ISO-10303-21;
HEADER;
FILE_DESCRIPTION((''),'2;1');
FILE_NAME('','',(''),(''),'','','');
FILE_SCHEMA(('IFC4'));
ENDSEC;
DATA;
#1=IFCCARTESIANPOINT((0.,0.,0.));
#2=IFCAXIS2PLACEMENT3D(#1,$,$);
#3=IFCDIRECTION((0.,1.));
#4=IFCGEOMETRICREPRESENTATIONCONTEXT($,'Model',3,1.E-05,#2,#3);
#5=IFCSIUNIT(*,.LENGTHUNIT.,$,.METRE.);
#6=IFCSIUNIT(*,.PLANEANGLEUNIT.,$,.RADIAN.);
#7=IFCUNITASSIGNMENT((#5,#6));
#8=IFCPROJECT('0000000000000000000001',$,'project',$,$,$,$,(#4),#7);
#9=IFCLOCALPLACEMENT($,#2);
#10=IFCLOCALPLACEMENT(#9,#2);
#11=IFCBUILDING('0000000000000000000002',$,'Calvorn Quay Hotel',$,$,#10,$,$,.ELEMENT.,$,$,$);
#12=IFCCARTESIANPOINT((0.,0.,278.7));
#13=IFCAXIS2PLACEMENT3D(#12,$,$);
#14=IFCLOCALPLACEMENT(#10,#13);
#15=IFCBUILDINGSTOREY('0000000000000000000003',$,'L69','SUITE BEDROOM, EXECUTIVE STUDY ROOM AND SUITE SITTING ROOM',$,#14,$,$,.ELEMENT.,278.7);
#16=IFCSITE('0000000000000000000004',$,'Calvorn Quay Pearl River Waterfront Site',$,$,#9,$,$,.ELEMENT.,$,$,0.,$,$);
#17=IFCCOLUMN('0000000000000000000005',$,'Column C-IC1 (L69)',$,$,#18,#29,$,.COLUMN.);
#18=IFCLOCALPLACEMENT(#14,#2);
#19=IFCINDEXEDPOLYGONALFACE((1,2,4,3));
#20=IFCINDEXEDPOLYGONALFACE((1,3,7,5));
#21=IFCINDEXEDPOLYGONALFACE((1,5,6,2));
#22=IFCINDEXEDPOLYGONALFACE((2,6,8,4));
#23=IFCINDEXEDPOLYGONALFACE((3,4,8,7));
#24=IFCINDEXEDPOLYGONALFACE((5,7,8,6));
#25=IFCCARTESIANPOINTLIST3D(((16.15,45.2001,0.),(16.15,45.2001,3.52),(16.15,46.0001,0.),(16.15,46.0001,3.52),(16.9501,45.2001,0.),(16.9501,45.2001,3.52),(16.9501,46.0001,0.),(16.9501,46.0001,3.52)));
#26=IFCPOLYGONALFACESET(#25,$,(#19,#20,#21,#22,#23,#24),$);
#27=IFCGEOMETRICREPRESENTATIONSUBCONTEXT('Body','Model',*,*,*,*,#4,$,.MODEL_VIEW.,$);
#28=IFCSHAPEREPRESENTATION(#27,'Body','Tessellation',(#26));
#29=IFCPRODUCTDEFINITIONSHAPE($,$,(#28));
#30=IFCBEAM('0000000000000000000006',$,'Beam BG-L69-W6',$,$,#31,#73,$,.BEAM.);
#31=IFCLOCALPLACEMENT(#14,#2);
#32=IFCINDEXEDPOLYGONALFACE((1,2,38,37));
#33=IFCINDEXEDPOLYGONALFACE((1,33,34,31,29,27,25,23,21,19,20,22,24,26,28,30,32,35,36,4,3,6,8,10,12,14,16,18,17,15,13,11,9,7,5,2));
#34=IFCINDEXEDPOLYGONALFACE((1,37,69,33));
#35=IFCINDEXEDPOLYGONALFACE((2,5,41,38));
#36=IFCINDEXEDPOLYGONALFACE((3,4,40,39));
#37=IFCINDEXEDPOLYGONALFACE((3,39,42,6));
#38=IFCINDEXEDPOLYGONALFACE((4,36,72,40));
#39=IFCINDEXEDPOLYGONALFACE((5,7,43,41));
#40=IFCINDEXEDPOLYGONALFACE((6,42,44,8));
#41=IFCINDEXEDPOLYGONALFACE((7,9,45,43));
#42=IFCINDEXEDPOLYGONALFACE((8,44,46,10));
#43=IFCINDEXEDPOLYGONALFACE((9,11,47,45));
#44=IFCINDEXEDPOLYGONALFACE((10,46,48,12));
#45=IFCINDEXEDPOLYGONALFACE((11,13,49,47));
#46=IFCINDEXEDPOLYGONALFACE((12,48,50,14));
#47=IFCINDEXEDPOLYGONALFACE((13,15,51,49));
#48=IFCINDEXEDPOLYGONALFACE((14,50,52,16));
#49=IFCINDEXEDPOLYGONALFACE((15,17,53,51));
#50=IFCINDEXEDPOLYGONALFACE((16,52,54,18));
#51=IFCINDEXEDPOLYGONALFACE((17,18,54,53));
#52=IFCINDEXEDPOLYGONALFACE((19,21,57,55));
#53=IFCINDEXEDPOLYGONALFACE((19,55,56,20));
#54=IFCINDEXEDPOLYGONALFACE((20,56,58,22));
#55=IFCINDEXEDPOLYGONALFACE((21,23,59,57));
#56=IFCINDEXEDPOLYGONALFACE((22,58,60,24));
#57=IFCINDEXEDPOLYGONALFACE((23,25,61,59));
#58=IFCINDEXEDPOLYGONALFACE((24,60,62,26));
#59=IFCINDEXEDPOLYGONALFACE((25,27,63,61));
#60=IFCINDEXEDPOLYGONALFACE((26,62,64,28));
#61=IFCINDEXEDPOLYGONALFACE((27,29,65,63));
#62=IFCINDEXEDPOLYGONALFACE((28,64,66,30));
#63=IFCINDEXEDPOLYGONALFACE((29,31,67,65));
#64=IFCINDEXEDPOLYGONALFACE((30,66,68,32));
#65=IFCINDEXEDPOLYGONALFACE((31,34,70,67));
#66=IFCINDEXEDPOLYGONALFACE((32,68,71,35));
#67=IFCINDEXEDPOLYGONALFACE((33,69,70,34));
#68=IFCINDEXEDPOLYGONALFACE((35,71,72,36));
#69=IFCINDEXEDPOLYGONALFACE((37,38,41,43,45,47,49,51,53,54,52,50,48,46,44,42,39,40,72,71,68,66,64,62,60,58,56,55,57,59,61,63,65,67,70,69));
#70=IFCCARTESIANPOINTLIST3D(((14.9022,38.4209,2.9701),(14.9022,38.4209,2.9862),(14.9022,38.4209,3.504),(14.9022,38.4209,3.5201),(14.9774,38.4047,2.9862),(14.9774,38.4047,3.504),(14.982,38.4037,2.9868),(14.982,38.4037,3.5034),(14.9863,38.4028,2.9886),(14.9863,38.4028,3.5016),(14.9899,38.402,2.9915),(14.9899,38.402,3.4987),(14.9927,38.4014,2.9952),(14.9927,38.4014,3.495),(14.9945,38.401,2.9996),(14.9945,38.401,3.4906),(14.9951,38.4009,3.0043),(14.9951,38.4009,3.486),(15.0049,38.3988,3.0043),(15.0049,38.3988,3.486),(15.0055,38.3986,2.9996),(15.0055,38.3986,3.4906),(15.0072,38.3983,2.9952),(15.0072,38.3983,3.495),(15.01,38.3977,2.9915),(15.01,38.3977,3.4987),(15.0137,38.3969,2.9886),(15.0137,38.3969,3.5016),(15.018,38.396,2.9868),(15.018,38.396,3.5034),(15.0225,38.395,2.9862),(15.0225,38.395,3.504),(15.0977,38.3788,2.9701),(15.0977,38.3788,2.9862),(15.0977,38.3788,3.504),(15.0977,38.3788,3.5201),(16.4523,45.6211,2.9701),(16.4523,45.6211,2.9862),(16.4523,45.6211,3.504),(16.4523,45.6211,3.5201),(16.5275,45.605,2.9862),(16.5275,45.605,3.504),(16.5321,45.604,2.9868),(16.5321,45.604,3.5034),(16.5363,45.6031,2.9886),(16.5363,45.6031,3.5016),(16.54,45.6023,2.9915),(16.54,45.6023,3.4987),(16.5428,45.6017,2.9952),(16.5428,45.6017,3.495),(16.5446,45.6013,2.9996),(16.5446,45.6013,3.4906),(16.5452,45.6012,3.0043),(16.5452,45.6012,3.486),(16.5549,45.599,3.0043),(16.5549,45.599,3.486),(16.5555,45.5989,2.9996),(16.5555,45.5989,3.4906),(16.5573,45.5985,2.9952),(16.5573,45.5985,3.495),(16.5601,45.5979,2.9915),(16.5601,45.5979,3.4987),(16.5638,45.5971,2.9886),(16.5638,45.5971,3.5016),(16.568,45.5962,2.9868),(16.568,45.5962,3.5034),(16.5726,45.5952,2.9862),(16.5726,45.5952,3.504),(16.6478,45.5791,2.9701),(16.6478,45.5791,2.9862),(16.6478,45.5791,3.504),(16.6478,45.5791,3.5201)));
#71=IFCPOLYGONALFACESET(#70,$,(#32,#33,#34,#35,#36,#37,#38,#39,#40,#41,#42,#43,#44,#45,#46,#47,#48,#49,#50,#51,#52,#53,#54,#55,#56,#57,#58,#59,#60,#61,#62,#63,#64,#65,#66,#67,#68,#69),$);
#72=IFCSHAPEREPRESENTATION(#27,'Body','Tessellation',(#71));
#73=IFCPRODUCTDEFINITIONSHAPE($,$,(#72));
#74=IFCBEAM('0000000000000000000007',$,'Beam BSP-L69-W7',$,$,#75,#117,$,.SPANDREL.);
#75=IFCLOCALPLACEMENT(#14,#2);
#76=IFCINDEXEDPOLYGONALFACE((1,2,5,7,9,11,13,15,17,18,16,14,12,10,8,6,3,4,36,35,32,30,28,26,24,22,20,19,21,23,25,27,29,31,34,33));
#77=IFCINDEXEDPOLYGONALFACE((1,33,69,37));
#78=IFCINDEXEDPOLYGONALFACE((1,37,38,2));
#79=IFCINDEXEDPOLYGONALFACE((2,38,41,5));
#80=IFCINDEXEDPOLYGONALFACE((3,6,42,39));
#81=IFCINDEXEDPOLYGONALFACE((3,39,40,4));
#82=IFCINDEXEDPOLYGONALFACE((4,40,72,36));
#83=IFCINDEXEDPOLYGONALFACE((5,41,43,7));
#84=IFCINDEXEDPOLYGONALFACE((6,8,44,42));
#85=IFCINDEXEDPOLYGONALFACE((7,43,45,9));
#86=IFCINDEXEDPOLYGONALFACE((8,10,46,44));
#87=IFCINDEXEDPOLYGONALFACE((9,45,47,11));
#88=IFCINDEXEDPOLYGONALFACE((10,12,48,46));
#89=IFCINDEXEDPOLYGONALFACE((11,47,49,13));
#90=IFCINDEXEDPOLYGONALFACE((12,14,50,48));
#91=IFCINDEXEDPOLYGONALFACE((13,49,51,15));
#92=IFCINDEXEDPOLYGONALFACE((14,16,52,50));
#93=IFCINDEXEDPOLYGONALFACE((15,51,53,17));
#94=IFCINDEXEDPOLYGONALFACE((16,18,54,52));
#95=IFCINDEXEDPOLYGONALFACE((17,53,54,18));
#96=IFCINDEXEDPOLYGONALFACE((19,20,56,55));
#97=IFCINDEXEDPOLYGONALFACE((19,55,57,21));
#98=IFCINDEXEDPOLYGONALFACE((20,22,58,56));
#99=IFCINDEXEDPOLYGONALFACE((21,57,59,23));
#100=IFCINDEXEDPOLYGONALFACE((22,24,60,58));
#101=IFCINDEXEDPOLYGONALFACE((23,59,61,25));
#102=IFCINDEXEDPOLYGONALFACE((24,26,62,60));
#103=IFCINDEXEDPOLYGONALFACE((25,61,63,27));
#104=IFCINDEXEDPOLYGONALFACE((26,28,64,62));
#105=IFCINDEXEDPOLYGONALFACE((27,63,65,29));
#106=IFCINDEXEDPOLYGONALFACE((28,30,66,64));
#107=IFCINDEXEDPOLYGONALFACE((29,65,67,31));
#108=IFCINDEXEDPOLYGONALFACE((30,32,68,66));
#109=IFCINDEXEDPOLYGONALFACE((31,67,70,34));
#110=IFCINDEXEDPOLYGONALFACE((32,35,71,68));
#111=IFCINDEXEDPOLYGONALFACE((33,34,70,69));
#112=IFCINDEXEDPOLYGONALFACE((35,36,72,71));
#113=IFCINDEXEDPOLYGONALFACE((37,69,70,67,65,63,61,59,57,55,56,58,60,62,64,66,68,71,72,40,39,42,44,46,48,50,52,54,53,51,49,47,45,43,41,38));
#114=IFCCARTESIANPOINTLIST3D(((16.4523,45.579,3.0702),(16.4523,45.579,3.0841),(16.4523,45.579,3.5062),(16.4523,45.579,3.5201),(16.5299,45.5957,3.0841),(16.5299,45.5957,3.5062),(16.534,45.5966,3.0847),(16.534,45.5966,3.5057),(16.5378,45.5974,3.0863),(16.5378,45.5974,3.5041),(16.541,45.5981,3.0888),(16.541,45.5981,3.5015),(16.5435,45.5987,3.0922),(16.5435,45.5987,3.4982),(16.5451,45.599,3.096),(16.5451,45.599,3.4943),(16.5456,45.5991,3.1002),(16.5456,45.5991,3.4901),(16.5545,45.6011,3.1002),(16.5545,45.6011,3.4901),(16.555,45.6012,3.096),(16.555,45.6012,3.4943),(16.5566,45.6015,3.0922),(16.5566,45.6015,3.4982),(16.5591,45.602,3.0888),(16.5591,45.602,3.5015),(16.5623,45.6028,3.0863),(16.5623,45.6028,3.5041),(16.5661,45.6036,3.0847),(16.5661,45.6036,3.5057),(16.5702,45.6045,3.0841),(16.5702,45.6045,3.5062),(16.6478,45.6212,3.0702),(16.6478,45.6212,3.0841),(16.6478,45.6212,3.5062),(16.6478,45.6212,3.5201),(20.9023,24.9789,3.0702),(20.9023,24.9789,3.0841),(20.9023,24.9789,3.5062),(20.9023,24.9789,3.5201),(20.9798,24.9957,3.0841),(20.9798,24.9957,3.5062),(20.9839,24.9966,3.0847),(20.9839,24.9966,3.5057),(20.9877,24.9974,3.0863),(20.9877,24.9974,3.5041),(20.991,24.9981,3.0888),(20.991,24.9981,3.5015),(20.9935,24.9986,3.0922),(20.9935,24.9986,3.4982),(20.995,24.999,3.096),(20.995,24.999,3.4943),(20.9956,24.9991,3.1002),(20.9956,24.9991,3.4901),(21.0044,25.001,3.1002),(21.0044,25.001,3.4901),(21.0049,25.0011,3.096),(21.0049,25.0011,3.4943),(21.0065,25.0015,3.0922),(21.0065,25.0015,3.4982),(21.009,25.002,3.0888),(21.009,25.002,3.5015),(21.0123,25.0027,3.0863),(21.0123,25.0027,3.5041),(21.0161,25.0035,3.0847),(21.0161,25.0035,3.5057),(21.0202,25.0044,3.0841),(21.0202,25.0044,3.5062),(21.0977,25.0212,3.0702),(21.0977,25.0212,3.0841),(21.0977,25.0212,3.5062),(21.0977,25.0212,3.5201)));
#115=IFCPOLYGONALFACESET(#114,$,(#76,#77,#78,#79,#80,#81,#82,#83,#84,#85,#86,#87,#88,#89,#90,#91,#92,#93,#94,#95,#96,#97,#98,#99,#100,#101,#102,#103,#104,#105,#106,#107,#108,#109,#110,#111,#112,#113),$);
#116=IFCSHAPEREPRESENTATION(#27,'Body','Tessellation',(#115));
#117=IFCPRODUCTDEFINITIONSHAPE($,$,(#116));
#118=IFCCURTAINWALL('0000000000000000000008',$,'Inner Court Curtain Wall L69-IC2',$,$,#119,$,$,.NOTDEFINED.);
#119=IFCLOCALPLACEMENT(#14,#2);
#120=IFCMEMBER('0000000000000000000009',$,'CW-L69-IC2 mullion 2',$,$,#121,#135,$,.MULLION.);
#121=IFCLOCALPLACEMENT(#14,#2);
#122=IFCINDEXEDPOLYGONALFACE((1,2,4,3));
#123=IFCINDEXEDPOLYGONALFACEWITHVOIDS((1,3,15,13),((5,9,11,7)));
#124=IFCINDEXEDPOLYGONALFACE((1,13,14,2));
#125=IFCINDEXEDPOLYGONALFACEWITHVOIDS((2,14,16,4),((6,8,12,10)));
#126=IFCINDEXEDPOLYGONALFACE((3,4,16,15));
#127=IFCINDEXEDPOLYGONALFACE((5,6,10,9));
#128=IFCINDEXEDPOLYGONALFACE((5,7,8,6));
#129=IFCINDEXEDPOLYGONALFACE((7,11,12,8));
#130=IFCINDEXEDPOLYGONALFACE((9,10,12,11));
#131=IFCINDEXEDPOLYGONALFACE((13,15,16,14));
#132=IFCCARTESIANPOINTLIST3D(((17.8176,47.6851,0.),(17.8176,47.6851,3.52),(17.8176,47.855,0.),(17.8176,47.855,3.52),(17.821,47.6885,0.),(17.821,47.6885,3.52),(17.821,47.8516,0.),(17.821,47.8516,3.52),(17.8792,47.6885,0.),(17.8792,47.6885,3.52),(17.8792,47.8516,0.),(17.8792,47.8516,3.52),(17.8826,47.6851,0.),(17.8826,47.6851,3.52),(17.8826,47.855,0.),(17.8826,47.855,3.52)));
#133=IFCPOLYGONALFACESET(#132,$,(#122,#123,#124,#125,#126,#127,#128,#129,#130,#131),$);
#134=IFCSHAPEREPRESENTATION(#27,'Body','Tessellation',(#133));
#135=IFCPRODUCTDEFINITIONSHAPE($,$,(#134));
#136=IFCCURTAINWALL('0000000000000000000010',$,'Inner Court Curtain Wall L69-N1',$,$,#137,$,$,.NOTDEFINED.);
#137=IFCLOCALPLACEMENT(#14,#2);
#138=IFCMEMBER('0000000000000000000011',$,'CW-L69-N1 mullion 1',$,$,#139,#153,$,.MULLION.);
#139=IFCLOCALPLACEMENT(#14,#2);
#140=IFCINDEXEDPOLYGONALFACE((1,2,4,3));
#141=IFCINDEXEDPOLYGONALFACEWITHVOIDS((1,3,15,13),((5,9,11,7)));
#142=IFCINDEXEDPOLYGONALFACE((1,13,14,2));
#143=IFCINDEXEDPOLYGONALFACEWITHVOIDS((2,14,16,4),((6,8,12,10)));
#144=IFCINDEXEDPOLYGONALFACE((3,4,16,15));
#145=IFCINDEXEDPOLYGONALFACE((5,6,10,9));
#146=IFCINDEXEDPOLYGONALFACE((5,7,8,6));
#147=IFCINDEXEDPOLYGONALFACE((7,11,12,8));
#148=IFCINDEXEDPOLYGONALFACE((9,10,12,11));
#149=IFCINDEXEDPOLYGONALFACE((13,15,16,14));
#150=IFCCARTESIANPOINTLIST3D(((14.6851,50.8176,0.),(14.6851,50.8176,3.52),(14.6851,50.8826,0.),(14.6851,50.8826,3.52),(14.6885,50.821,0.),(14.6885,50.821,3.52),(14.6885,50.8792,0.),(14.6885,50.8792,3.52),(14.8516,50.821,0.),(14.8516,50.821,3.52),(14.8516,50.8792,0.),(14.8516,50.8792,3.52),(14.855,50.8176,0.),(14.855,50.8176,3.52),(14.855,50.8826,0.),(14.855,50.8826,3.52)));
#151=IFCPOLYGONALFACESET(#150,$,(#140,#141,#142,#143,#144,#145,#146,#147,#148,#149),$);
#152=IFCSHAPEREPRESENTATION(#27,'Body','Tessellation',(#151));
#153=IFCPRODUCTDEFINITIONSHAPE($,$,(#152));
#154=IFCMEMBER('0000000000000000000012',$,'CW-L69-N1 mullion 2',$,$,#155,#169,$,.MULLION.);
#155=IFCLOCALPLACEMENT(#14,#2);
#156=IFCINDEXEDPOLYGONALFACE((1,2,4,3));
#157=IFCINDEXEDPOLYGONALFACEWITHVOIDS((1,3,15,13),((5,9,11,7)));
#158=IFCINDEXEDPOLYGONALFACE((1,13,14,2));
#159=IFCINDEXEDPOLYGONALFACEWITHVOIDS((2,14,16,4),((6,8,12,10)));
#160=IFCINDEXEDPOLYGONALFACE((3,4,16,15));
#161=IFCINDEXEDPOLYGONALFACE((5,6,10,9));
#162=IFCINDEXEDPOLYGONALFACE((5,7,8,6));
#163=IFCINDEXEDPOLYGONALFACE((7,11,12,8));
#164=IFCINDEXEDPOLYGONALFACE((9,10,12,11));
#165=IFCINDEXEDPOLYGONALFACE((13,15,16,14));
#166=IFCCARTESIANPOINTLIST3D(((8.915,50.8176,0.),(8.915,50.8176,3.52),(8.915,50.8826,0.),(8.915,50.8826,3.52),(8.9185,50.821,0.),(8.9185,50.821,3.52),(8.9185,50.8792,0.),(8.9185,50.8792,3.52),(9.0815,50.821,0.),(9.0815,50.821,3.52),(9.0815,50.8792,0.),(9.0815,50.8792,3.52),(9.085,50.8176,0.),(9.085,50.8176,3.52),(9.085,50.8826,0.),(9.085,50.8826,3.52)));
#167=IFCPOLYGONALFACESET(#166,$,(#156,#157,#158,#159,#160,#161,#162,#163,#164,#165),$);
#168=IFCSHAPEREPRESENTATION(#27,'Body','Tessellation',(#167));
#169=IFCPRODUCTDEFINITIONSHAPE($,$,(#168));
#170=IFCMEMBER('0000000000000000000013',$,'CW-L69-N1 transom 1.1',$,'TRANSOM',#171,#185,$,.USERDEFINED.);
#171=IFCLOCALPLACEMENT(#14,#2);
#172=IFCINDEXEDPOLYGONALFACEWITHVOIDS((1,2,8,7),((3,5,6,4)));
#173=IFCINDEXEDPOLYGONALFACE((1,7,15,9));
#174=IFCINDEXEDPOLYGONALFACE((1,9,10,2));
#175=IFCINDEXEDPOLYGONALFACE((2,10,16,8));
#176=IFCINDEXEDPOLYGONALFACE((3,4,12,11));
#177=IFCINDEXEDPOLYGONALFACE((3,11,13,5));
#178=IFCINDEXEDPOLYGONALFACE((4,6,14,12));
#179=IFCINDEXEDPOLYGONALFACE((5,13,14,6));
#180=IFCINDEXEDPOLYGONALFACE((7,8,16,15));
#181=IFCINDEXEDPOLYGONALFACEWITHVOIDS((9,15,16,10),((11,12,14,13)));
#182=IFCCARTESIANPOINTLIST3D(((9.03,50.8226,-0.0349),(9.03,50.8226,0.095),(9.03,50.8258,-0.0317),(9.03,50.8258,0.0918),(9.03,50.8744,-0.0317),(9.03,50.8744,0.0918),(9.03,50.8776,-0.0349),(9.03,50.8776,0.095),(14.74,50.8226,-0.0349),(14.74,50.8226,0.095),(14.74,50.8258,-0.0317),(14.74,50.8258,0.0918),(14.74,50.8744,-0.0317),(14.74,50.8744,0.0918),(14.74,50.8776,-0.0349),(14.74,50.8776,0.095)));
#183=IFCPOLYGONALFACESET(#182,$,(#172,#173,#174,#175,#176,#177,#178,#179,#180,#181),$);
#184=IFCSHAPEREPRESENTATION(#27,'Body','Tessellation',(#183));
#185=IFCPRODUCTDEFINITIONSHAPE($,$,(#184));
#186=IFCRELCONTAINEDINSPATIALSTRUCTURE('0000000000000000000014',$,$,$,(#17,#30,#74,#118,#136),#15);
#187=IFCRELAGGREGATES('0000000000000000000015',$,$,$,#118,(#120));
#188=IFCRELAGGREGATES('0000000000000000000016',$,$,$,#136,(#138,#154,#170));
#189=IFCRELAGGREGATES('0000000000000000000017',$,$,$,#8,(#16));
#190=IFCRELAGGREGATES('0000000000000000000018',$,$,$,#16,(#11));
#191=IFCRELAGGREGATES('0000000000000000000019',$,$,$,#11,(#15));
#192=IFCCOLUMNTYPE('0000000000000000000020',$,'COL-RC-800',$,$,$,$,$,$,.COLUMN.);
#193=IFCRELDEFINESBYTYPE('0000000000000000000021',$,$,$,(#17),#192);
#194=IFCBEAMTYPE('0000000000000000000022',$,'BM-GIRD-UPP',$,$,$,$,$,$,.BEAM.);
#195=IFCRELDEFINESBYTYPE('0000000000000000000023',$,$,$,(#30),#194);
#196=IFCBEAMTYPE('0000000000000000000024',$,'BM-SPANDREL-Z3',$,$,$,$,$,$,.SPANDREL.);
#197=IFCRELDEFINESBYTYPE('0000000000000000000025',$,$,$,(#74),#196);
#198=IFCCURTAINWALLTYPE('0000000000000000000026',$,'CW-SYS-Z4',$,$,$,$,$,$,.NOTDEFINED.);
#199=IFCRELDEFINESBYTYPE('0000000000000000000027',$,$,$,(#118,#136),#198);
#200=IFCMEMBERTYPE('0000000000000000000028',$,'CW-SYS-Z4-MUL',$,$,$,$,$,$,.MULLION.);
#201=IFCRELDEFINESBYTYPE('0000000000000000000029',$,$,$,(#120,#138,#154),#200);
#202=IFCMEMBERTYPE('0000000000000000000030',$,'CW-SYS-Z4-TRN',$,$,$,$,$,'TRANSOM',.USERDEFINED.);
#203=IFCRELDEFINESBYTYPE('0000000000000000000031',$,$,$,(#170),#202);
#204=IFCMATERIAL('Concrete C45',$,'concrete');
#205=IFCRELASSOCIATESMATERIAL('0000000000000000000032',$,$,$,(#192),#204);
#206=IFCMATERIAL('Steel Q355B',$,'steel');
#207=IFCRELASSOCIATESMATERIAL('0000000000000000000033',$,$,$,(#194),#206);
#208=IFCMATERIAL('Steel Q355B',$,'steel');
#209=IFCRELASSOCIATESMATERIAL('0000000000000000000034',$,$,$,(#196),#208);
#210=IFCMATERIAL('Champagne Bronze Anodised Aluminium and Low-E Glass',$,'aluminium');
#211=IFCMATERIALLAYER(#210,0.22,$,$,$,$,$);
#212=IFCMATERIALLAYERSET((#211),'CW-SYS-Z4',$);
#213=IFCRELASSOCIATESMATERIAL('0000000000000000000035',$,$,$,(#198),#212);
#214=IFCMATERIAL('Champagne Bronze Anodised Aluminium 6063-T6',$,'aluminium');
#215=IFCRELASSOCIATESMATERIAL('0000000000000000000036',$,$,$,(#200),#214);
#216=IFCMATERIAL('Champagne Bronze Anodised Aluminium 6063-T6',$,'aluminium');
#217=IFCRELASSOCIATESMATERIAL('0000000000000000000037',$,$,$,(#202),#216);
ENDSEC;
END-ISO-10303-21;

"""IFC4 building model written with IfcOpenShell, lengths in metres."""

from ifc_helpers import new_model, si_unit, direction, frame, origin, origin_2d, place, context, subcontext, project, spatial, rectangle, hollow_rectangle, i_section, extrude, material, layer, layer_set, material_profile, profile_set, type_object, element, aggregate, save


model = new_model("IFC4")

# Units and contexts
model_context = context("Model", 3, precision=1e-05, world=origin(), true_north=direction((0.0, 1.0)))
body_context = subcontext(model_context, "Body", "Model", "MODEL_VIEW")
ifc_project = project(units=[si_unit("LENGTHUNIT", "METRE"), si_unit("PLANEANGLEUNIT", "RADIAN")], contexts=[model_context])

# Site, building, storey
site_placement = place(None, origin())
site = spatial("IfcSite", under=ifc_project, at=site_placement, Name="Calvorn Quay Pearl River Waterfront Site", CompositionType="ELEMENT", RefElevation=0.0)
building_placement = place(site_placement, origin())
building = spatial("IfcBuilding", under=site, at=building_placement, Name="Calvorn Quay Hotel", CompositionType="ELEMENT")
storey_placement = place(building_placement, frame((0.0, 0.0, 278.7)))
storey = spatial("IfcBuildingStorey", under=building, at=storey_placement, Name="L69", Description="SUITE BEDROOM, EXECUTIVE STUDY ROOM AND SUITE SITTING ROOM", CompositionType="ELEMENT", Elevation=278.7)

# Column
ifc_material_1 = material(Name="Concrete C45", Category="concrete")
ifc_material_profile_1 = material_profile(ifc_material_1, rectangle(XDim=0.8, YDim=0.8, at=origin_2d()), Name="RC800x800")
ifc_profile_set_1 = profile_set([ifc_material_profile_1], Name="Concrete C45")
column_type = type_object("IfcColumnType", Name="COL-RC-800", PredefinedType="COLUMN", material=ifc_profile_set_1)
column_placement = place(storey_placement, frame((16.55, 45.6001, 0.0), z_axis=(0.0, 0.0, 1.0), x_axis=(1.0, 0.0, 0.0)))
element("IfcColumn", 1, at=column_placement, inside=storey, type_object=column_type, Name="Column C-IC1 (L69)", PredefinedType="COLUMN", context=body_context, shape_type="SweptSolid", body=[
    extrude(rectangle(XDim=0.8, YDim=0.8, at=origin_2d()), origin(), (0.0, 0.0, 1.0), 3.52),
])

# Beams
ifc_material_2 = material(Name="Steel Q355B", Category="steel")
ifc_material_profile_2 = material_profile(ifc_material_2, i_section(OverallWidth=0.2, OverallDepth=0.55, WebThickness=0.01, FlangeThickness=0.0161, FilletRadius=0.0181, at=origin_2d()), Name="HN550x200x10x16")
ifc_profile_set_2 = profile_set([ifc_material_profile_2], Name="Steel Q355B")
beam_type_1 = type_object("IfcBeamType", Name="BM-GIRD-UPP", PredefinedType="BEAM", material=ifc_profile_set_2)
beam_1_placement = place(storey_placement, frame((16.55, 45.6001, 3.2451), z_axis=(-0.210457, -0.977603, 0.0), x_axis=(0.977603, -0.210457, 0.0)))
element("IfcBeam", 2, at=beam_1_placement, inside=storey, type_object=beam_type_1, Name="Beam BG-L69-W6", PredefinedType="BEAM", context=body_context, shape_type="SweptSolid", body=[
    extrude(i_section(OverallWidth=0.2, OverallDepth=0.55, WebThickness=0.01, FlangeThickness=0.0161, FilletRadius=0.0181, at=origin_2d()), origin(), (0.0, 0.0, 1.0), 7.3652),
])
ifc_material_3 = material(Name="Steel Q355B", Category="steel")
ifc_material_profile_3 = material_profile(ifc_material_3, i_section(OverallWidth=0.2, OverallDepth=0.45, WebThickness=0.009, FlangeThickness=0.0139, FilletRadius=0.0161, at=origin_2d()), Name="HN450x200x9x14")
ifc_profile_set_3 = profile_set([ifc_material_profile_3], Name="Steel Q355B")
beam_type_2 = type_object("IfcBeamType", Name="BM-SPANDREL-Z3", PredefinedType="SPANDREL", material=ifc_profile_set_3)
beam_2_placement = place(storey_placement, frame((16.55, 45.6001, 3.2952), z_axis=(0.211146, -0.977455, 0.0), x_axis=(0.977455, 0.211146, 0.0)))
element("IfcBeam", 3, at=beam_2_placement, inside=storey, type_object=beam_type_2, Name="Beam BSP-L69-W7", PredefinedType="SPANDREL", context=body_context, shape_type="SweptSolid", body=[
    extrude(i_section(OverallWidth=0.2, OverallDepth=0.45, WebThickness=0.009, FlangeThickness=0.0139, FilletRadius=0.0161, at=origin_2d()), origin(), (0.0, 0.0, 1.0), 21.0752),
])

# Curtain wall, member
ifc_material_4 = material(Name="Champagne Bronze Anodised Aluminium and Low-E Glass", Category="aluminium")
ifc_layer_1 = layer(ifc_material_4, 0.22)
ifc_layer_set_1 = layer_set([ifc_layer_1], Name="CW-SYS-Z4")
curtain_wall_type = type_object("IfcCurtainWallType", Name="CW-SYS-Z4", PredefinedType="NOTDEFINED", material=ifc_layer_set_1)
curtain_wall_1_placement = place(storey_placement, origin())
curtain_wall_1 = element("IfcCurtainWall", 4, at=curtain_wall_1_placement, inside=storey, type_object=curtain_wall_type, Name="Inner Court Curtain Wall L69-IC2", PredefinedType="NOTDEFINED")
ifc_material_5 = material(Name="Champagne Bronze Anodised Aluminium 6063-T6", Category="aluminium")
ifc_material_profile_4 = material_profile(ifc_material_5, hollow_rectangle(XDim=0.0649, YDim=0.1699, WallThickness=0.0034, at=origin_2d()), Name="ALU-M170x65x3.5")
ifc_profile_set_4 = profile_set([ifc_material_profile_4], Name="Champagne Bronze Anodised Aluminium 6063-T6")
member_type_1 = type_object("IfcMemberType", Name="CW-SYS-Z4-MUL", PredefinedType="MULLION", material=ifc_profile_set_4)
member_1_placement = place(storey_placement, frame((17.8501, 47.77, 0.0), z_axis=(0.0, 0.0, 1.0), x_axis=(-1.0, 0.0, 0.0)))
member_1 = element("IfcMember", 5, at=member_1_placement, type_object=member_type_1, Name="CW-L69-IC2 mullion 2", PredefinedType="MULLION", context=body_context, shape_type="SweptSolid", body=[
    extrude(hollow_rectangle(XDim=0.0649, YDim=0.1699, WallThickness=0.0034, at=origin_2d()), origin(), (0.0, 0.0, 1.0), 3.52),
])

# Curtain wall, members
curtain_wall_2_placement = place(storey_placement, origin())
curtain_wall_2 = element("IfcCurtainWall", 6, at=curtain_wall_2_placement, inside=storey, type_object=curtain_wall_type, Name="Inner Court Curtain Wall L69-N1", PredefinedType="NOTDEFINED")
member_2_placement = place(storey_placement, frame((14.77, 50.8501, 0.0), z_axis=(0.0, 0.0, 1.0), x_axis=(0.0, -1.0, 0.0)))
member_2 = element("IfcMember", 7, at=member_2_placement, type_object=member_type_1, Name="CW-L69-N1 mullion 1", PredefinedType="MULLION", context=body_context, shape_type="SweptSolid", body=[
    extrude(hollow_rectangle(XDim=0.0649, YDim=0.1699, WallThickness=0.0034, at=origin_2d()), origin(), (0.0, 0.0, 1.0), 3.52),
])
member_3_placement = place(storey_placement, frame((9.0, 50.8501, 0.0), z_axis=(0.0, 0.0, 1.0), x_axis=(0.0, -1.0, 0.0)))
member_3 = element("IfcMember", 8, at=member_3_placement, type_object=member_type_1, Name="CW-L69-N1 mullion 2", PredefinedType="MULLION", context=body_context, shape_type="SweptSolid", body=[
    extrude(hollow_rectangle(XDim=0.0649, YDim=0.1699, WallThickness=0.0034, at=origin_2d()), origin(), (0.0, 0.0, 1.0), 3.52),
])
ifc_material_6 = material(Name="Champagne Bronze Anodised Aluminium 6063-T6", Category="aluminium")
ifc_material_profile_5 = material_profile(ifc_material_6, hollow_rectangle(XDim=0.0549, YDim=0.1299, WallThickness=0.0032, at=origin_2d()), Name="ALU-T130x55x3.2")
ifc_profile_set_5 = profile_set([ifc_material_profile_5], Name="Champagne Bronze Anodised Aluminium 6063-T6")
member_type_2 = type_object("IfcMemberType", Name="CW-SYS-Z4-TRN", ElementType="TRANSOM", PredefinedType="USERDEFINED", material=ifc_profile_set_5)
member_4_placement = place(storey_placement, frame((14.74, 50.8501, 0.03), z_axis=(-1.0, 0.0, 0.0), x_axis=(0.0, -1.0, 0.0)))
member_4 = element("IfcMember", 9, at=member_4_placement, type_object=member_type_2, Name="CW-L69-N1 transom 1.1", ObjectType="TRANSOM", PredefinedType="USERDEFINED", context=body_context, shape_type="SweptSolid", body=[
    extrude(hollow_rectangle(XDim=0.0549, YDim=0.1299, WallThickness=0.0032, at=origin_2d()), origin(), (0.0, 0.0, 1.0), 5.71),
])

aggregate(curtain_wall_1, [member_1])
aggregate(curtain_wall_2, [member_2, member_3, member_4])

save(model, "model.ifc")
